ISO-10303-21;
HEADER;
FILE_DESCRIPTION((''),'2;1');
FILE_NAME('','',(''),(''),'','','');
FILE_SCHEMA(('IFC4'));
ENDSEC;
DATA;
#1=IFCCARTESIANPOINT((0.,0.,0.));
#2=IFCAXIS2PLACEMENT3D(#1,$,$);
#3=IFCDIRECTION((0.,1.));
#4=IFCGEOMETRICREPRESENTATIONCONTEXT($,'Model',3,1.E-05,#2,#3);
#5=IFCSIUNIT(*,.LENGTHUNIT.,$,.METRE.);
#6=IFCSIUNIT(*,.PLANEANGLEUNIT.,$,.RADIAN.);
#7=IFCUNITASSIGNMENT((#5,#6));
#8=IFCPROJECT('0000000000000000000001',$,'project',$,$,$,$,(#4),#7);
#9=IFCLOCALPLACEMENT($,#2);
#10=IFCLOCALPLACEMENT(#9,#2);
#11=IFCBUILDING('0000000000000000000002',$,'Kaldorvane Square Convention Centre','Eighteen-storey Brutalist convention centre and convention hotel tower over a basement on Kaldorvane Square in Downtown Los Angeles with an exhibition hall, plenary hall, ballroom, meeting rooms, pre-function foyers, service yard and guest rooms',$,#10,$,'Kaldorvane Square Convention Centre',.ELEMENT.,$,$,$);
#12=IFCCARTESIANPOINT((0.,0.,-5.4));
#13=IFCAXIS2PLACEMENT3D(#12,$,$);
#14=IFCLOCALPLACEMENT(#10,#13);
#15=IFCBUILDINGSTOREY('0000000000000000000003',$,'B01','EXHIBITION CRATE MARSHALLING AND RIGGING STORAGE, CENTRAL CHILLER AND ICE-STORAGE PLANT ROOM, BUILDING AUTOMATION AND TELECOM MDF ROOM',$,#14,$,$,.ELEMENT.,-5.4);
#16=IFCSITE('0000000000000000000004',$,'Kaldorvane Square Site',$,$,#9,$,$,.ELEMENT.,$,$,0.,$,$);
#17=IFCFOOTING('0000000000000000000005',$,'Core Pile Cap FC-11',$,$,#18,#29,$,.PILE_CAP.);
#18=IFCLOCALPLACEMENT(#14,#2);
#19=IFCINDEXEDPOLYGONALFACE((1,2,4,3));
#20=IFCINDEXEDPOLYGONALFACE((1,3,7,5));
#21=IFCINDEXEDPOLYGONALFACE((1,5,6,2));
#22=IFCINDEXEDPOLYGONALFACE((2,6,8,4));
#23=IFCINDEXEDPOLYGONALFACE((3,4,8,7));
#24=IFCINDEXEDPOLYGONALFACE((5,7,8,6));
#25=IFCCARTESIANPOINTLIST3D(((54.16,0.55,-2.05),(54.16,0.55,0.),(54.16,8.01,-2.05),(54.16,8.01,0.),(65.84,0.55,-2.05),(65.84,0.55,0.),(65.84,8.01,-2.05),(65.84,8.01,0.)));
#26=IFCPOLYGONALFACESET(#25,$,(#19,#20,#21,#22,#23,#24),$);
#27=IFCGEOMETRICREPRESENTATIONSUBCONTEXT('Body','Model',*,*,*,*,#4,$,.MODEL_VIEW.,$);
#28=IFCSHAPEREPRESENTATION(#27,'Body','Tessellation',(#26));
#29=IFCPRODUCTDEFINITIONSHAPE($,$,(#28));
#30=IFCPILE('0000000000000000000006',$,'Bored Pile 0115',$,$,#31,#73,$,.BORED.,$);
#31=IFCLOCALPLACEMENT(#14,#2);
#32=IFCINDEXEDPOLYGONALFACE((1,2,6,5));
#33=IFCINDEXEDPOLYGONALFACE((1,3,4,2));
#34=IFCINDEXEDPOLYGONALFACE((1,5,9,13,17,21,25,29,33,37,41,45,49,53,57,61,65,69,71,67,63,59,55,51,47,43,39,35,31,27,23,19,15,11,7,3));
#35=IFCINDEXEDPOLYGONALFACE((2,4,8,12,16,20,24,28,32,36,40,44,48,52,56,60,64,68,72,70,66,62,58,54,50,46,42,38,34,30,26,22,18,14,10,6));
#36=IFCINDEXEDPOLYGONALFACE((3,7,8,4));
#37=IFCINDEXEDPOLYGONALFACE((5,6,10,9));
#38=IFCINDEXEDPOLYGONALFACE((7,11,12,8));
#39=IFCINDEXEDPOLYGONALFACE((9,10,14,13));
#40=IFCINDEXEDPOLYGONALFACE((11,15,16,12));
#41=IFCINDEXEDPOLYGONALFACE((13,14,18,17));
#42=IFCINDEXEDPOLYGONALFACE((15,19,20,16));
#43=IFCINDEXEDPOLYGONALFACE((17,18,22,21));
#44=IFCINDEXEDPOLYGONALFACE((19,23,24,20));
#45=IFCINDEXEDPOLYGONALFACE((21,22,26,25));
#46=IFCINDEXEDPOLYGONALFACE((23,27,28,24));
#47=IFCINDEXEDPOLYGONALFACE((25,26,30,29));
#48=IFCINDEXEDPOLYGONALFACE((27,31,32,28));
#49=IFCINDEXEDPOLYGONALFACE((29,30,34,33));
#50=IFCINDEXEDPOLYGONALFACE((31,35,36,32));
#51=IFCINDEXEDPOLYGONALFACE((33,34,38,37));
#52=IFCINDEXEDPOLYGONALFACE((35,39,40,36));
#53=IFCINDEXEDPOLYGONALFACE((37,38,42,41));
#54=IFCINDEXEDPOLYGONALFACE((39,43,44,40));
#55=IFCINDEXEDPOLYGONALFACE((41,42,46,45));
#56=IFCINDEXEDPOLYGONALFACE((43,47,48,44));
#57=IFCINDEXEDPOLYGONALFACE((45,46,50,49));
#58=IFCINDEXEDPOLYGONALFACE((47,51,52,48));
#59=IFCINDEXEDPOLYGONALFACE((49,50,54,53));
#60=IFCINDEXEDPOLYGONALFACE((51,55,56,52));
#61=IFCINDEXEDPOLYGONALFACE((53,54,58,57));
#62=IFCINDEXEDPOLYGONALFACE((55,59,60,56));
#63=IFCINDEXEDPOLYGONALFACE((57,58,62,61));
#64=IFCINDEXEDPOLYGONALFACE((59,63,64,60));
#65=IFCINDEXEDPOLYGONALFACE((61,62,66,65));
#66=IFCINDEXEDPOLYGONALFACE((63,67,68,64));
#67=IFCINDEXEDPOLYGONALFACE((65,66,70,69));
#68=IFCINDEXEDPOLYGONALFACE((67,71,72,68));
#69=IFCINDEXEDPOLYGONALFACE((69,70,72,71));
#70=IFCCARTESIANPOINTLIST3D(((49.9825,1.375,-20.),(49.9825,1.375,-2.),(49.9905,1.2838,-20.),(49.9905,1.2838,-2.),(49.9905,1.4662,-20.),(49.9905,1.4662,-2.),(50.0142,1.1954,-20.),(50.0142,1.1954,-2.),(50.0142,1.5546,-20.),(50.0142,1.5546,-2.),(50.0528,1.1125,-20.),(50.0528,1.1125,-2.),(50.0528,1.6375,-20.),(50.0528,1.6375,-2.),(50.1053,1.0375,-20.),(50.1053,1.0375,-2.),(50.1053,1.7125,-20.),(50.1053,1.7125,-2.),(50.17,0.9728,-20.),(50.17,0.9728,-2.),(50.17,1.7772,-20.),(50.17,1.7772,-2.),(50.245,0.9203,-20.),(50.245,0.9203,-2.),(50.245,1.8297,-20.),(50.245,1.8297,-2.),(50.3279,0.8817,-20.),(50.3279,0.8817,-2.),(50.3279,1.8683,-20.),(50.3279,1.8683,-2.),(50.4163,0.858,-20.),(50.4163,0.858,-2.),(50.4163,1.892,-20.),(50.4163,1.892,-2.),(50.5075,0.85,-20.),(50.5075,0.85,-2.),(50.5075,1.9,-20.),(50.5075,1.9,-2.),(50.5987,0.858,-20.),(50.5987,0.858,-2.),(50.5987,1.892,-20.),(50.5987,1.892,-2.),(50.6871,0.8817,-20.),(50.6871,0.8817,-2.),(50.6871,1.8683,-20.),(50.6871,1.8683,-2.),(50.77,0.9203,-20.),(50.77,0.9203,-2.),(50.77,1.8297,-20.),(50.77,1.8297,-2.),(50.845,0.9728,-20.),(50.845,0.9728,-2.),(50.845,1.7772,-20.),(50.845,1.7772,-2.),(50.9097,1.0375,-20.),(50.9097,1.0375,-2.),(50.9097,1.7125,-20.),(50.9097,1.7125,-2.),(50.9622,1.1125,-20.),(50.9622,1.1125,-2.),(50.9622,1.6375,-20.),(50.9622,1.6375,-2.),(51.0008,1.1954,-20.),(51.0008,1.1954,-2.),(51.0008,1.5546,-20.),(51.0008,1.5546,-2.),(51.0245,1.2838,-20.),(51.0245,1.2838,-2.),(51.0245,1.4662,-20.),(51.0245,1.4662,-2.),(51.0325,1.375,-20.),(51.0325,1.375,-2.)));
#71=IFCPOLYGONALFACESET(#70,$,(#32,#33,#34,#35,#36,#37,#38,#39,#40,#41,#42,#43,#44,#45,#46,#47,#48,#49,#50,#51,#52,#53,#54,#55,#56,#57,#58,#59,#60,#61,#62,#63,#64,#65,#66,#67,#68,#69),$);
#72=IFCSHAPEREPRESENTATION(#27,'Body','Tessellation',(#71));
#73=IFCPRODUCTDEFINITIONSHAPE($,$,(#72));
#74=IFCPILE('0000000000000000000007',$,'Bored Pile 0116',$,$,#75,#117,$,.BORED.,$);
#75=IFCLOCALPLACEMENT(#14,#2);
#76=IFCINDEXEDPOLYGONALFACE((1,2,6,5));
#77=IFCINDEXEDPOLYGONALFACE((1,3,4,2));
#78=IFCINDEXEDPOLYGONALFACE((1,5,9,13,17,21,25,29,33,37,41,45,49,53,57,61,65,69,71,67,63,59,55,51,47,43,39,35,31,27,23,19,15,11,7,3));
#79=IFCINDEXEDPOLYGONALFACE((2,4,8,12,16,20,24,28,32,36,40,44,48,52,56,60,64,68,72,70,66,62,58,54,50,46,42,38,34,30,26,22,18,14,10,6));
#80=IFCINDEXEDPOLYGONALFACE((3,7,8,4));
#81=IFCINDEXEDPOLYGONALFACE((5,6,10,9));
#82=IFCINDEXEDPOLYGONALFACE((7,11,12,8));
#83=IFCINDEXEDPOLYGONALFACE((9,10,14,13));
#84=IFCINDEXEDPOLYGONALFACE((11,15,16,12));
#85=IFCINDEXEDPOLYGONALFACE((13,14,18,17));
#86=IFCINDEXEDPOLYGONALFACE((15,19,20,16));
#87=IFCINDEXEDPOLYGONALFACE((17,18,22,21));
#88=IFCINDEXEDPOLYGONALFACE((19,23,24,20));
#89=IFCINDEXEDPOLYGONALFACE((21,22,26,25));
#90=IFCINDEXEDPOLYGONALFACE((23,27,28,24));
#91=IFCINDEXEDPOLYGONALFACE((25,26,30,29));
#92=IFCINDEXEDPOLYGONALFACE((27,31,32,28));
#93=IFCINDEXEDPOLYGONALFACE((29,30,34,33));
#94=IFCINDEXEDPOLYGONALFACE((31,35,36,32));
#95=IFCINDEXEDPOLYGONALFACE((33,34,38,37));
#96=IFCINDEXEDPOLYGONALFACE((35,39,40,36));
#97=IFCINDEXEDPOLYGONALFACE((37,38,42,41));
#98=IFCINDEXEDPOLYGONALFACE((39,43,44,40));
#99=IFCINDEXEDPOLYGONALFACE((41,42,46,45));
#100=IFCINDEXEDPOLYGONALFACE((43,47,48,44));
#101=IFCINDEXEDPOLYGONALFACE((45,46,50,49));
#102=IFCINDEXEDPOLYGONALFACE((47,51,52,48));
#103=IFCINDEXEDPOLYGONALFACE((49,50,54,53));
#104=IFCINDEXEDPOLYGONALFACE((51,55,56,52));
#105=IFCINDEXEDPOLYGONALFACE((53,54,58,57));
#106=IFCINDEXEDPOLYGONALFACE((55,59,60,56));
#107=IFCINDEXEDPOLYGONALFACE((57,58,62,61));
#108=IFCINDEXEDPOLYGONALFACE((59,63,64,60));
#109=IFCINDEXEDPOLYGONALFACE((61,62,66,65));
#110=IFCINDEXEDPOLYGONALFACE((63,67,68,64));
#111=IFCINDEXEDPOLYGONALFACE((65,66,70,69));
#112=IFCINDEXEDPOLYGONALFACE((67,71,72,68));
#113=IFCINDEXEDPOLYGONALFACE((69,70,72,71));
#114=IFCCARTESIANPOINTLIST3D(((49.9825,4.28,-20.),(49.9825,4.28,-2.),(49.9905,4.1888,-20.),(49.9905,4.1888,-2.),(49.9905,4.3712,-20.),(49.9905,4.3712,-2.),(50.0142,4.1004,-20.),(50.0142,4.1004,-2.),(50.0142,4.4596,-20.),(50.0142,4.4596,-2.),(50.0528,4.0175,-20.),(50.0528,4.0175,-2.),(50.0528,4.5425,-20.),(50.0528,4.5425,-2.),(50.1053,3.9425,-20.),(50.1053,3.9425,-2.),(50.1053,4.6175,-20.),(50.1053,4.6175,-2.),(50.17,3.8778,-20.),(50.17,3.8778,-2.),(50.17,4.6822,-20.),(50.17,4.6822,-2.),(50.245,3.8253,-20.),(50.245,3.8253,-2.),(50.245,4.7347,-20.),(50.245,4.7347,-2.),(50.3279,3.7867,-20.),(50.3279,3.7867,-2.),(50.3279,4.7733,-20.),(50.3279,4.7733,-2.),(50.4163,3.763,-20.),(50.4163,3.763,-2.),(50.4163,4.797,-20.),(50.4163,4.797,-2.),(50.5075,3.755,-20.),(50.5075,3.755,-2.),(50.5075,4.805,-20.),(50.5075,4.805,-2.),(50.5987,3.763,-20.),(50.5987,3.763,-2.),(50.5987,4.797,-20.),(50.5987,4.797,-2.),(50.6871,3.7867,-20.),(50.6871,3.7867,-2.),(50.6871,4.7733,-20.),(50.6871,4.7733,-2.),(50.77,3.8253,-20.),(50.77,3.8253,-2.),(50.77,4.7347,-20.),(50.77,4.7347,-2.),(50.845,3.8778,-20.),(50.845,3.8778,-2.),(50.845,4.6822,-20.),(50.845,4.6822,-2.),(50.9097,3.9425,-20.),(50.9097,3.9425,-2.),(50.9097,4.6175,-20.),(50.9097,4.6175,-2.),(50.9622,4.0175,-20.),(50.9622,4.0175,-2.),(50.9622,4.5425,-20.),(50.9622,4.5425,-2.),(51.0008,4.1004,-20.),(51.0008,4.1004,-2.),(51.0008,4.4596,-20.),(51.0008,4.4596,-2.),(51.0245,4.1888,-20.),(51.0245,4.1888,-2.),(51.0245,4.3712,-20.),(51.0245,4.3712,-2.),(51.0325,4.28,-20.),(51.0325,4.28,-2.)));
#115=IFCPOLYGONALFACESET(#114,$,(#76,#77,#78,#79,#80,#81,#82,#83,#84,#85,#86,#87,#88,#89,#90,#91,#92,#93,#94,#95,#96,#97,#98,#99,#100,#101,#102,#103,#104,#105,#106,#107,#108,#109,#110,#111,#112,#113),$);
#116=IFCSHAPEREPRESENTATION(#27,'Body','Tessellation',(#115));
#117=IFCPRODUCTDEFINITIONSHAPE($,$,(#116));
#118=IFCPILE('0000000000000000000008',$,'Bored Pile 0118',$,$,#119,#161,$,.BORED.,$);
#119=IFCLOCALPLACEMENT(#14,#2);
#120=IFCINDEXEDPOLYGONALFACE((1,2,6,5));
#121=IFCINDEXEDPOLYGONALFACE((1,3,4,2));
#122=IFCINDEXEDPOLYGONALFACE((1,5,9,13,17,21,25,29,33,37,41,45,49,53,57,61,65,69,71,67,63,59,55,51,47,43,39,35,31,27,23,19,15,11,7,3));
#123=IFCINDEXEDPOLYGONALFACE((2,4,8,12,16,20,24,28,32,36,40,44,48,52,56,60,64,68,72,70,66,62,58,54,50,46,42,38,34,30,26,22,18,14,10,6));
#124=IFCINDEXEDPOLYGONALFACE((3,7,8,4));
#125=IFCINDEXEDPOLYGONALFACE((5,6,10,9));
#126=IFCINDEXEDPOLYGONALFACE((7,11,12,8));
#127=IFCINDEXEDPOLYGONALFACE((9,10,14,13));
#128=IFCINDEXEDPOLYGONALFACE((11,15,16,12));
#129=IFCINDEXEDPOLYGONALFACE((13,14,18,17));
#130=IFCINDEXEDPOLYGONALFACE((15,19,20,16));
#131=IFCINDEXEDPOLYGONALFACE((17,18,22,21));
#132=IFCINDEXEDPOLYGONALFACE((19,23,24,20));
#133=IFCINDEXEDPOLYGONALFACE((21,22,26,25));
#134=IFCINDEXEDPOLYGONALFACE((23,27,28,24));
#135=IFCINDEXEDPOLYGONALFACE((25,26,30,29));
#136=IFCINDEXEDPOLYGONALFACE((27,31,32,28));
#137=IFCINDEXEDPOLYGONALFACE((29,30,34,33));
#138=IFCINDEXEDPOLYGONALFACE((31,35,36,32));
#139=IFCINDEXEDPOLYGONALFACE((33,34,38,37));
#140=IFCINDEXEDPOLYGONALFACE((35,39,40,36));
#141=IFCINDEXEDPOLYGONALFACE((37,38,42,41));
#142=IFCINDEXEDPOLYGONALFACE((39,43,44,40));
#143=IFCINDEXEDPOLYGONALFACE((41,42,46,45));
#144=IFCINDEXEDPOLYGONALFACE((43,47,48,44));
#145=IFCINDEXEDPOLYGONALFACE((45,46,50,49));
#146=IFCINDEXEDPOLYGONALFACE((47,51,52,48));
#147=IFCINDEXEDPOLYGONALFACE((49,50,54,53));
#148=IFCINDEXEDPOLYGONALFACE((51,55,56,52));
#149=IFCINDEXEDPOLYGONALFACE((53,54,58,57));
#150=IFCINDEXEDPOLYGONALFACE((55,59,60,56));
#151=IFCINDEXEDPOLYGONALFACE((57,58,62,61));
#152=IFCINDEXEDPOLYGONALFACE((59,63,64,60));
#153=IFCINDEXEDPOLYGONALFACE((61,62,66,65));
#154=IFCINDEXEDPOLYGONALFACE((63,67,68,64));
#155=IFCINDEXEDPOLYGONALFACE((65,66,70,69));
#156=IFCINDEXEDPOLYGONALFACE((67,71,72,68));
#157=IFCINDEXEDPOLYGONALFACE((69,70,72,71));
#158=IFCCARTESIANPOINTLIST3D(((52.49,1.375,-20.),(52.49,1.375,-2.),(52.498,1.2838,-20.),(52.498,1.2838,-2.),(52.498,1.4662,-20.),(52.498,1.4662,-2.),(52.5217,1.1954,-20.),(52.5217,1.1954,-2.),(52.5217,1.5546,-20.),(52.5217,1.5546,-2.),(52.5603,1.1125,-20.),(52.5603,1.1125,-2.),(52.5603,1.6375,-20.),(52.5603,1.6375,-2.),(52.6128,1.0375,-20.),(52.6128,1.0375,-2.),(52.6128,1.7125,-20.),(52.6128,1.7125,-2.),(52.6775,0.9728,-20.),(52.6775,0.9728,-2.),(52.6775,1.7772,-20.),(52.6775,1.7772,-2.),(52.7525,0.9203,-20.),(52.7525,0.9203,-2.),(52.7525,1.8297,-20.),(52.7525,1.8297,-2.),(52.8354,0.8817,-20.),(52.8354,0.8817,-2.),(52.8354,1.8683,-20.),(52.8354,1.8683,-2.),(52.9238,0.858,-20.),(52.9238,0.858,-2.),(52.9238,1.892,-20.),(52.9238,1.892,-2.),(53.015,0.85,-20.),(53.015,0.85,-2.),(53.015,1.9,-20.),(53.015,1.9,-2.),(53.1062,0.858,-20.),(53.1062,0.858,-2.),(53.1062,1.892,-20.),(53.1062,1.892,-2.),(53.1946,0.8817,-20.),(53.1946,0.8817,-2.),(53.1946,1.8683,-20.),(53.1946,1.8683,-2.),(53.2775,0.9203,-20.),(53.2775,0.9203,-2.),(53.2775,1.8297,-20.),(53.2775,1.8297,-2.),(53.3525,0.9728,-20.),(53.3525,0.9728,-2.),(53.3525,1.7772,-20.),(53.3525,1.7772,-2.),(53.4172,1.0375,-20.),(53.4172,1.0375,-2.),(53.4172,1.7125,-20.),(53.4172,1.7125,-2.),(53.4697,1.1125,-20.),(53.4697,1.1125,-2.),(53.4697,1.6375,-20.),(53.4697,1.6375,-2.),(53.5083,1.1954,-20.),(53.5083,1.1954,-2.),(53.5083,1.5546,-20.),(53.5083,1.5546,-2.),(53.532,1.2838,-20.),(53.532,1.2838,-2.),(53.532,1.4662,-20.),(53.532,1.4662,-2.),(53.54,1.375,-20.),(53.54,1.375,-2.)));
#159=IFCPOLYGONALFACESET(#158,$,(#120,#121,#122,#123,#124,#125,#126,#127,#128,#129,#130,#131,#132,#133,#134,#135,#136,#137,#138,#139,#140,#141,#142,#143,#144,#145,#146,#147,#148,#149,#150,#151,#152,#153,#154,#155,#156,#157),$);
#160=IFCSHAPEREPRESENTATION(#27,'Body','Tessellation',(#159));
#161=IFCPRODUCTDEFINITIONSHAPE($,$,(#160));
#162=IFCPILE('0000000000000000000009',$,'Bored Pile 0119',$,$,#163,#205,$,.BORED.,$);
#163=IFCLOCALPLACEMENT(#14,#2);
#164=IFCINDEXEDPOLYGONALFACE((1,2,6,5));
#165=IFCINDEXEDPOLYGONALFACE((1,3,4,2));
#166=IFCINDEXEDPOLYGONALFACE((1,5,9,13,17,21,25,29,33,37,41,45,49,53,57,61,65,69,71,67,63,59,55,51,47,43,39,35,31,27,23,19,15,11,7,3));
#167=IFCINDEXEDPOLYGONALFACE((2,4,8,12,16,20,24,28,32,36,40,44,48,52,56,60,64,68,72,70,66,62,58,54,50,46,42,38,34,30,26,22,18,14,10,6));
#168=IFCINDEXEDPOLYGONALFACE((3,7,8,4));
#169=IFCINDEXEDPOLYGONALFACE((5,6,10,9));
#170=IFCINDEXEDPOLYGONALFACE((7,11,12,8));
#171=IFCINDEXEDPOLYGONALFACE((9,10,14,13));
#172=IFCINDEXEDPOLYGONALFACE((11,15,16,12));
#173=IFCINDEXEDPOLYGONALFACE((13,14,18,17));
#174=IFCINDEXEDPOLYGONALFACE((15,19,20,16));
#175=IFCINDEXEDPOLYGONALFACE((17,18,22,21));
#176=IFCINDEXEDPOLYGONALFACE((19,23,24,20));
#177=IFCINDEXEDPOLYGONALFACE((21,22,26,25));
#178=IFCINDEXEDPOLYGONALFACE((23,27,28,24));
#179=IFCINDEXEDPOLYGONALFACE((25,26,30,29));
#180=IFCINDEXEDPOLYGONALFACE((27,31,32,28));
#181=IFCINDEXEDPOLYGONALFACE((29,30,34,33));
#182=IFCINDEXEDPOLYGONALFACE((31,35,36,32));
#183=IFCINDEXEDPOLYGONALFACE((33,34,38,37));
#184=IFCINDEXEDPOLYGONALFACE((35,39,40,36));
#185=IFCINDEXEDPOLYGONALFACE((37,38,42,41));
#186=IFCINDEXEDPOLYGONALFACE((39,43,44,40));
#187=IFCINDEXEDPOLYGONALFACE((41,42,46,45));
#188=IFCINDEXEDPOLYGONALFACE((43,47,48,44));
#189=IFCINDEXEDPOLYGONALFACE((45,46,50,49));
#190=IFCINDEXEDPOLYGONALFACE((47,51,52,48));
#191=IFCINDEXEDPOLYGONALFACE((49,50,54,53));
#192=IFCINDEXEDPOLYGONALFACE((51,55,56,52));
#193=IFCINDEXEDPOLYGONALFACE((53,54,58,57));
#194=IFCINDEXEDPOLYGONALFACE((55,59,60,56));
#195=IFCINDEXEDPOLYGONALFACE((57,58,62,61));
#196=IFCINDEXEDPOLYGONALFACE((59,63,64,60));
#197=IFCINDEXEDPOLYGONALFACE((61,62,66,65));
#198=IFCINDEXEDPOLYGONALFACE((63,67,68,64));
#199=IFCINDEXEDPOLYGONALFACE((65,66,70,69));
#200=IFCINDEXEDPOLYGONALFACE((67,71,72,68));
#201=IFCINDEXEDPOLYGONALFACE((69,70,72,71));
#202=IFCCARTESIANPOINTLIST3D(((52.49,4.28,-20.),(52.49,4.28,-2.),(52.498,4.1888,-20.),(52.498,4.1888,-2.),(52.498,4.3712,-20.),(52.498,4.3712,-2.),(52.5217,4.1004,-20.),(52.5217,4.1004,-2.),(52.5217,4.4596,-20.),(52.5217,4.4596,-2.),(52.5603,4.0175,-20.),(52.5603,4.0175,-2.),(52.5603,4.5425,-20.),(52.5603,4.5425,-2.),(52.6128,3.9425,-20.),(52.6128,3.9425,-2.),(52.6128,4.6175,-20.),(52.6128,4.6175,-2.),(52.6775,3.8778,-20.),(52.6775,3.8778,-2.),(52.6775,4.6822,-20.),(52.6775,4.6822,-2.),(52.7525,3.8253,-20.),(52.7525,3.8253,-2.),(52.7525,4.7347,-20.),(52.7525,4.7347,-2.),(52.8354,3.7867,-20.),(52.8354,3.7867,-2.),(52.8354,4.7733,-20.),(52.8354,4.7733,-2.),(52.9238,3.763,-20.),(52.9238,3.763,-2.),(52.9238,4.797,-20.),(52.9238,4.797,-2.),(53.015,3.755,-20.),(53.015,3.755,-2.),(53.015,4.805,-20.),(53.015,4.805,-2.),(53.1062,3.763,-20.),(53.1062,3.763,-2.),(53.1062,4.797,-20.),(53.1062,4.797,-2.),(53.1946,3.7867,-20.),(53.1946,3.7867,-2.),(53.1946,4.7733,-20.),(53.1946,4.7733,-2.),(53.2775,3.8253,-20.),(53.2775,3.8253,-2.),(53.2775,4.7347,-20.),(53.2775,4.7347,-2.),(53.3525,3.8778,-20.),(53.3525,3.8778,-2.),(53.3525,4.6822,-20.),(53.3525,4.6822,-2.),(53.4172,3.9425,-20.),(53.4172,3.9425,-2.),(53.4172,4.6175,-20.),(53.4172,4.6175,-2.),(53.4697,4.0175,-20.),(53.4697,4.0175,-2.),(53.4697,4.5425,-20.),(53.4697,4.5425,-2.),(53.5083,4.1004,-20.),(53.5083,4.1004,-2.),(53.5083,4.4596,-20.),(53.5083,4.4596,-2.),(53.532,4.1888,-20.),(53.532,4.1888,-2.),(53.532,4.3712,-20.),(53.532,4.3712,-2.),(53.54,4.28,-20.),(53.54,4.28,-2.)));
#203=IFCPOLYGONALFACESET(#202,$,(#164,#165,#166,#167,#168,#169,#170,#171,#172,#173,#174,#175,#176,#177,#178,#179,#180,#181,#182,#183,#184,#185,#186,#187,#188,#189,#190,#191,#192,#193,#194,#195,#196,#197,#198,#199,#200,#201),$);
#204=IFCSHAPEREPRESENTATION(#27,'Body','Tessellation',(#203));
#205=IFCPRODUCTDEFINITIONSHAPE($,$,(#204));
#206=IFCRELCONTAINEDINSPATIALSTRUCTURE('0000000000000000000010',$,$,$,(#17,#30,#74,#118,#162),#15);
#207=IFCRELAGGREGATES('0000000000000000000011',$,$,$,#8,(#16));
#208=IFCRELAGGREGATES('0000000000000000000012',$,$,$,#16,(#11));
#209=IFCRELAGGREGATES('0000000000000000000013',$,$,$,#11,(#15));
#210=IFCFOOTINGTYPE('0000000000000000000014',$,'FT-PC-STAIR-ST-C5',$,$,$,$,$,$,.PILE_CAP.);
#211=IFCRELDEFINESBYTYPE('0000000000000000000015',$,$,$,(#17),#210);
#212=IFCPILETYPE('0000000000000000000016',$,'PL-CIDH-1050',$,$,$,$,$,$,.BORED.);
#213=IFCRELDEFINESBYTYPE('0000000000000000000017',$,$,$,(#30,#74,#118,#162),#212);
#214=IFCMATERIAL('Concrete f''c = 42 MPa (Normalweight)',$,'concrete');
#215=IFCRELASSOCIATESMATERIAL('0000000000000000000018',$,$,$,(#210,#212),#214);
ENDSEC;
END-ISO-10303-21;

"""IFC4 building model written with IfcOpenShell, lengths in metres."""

from ifc_helpers import new_model, si_unit, direction, frame, origin, origin_2d, place, context, subcontext, project, spatial, rectangle, circle, extrude, material, material_profile, profile_set, type_object, element, save


model = new_model("IFC4")

# Units and contexts
model_context = context("Model", 3, precision=1e-05, world=origin(), true_north=direction((0.0, 1.0)))
body_context = subcontext(model_context, "Body", "Model", "MODEL_VIEW")
ifc_project = project(units=[si_unit("LENGTHUNIT", "METRE"), si_unit("PLANEANGLEUNIT", "RADIAN")], contexts=[model_context])

# Site, building, storey
site_placement = place(None, origin())
site = spatial("IfcSite", under=ifc_project, at=site_placement, Name="Kaldorvane Square Site", CompositionType="ELEMENT", RefElevation=0.0)
building_placement = place(site_placement, origin())
building = spatial("IfcBuilding", under=site, at=building_placement, Name="Kaldorvane Square Convention Centre", Description="Eighteen-storey Brutalist convention centre and convention hotel tower over a basement on Kaldorvane Square in Downtown Los Angeles with an exhibition hall, plenary hall, ballroom, meeting rooms, pre-function foyers, service yard and guest rooms", LongName="Kaldorvane Square Convention Centre", CompositionType="ELEMENT")
storey_placement = place(building_placement, frame((0.0, 0.0, -5.4)))
storey = spatial("IfcBuildingStorey", under=building, at=storey_placement, Name="B01", Description="EXHIBITION CRATE MARSHALLING AND RIGGING STORAGE, CENTRAL CHILLER AND ICE-STORAGE PLANT ROOM, BUILDING AUTOMATION AND TELECOM MDF ROOM", CompositionType="ELEMENT", Elevation=-5.4)

# Footing
ifc_material_1 = material(Name="Concrete f'c = 42 MPa (Normalweight)", Category="concrete")
footing_type = type_object("IfcFootingType", Name="FT-PC-STAIR-ST-C5", PredefinedType="PILE_CAP", material=ifc_material_1)
footing_placement = place(storey_placement, frame((60.0, 4.28, -2.05), z_axis=(0.0, 0.0, 1.0), x_axis=(1.0, 0.0, 0.0)))
element("IfcFooting", 1, at=footing_placement, inside=storey, type_object=footing_type, Name="Core Pile Cap FC-11", PredefinedType="PILE_CAP", context=body_context, shape_type="SweptSolid", body=[
    extrude(rectangle(XDim=11.68, YDim=7.46, at=origin_2d()), origin(), (0.0, 0.0, 1.0), 2.05),
])

# Piles
ifc_material_profile_1 = material_profile(ifc_material_1, circle(Radius=0.525, at=origin_2d()), Name="PILE-D1050")
ifc_profile_set_1 = profile_set([ifc_material_profile_1], Name="Concrete f'c = 42 MPa (Normalweight)")
pile_type = type_object("IfcPileType", Name="PL-CIDH-1050", PredefinedType="BORED", material=ifc_profile_set_1)
for number, where, z_axis, x_axis, name in (
    (2, (50.5075, 1.375, -2.0), (0.0, 0.0, -1.0), (1.0, 0.0, 0.0), "Bored Pile 0115"),
    (3, (50.5075, 4.28, -2.0), (0.0, 0.0, -1.0), (1.0, 0.0, 0.0), "Bored Pile 0116"),
    (4, (53.015, 1.375, -2.0), (0.0, 0.0, -1.0), (1.0, 0.0, 0.0), "Bored Pile 0118"),
    (5, (53.015, 4.28, -2.0), (0.0, 0.0, -1.0), (1.0, 0.0, 0.0), "Bored Pile 0119"),
):
    element("IfcPile", number, at=place(storey_placement, frame(where, z_axis=z_axis, x_axis=x_axis)), inside=storey, type_object=pile_type, Name=name, PredefinedType="BORED", context=body_context, shape_type="SweptSolid", body=[
        extrude(circle(Radius=0.525, at=origin_2d()), origin(), (0.0, 0.0, 1.0), 18.0),
    ])

save(model, "model.ifc")
